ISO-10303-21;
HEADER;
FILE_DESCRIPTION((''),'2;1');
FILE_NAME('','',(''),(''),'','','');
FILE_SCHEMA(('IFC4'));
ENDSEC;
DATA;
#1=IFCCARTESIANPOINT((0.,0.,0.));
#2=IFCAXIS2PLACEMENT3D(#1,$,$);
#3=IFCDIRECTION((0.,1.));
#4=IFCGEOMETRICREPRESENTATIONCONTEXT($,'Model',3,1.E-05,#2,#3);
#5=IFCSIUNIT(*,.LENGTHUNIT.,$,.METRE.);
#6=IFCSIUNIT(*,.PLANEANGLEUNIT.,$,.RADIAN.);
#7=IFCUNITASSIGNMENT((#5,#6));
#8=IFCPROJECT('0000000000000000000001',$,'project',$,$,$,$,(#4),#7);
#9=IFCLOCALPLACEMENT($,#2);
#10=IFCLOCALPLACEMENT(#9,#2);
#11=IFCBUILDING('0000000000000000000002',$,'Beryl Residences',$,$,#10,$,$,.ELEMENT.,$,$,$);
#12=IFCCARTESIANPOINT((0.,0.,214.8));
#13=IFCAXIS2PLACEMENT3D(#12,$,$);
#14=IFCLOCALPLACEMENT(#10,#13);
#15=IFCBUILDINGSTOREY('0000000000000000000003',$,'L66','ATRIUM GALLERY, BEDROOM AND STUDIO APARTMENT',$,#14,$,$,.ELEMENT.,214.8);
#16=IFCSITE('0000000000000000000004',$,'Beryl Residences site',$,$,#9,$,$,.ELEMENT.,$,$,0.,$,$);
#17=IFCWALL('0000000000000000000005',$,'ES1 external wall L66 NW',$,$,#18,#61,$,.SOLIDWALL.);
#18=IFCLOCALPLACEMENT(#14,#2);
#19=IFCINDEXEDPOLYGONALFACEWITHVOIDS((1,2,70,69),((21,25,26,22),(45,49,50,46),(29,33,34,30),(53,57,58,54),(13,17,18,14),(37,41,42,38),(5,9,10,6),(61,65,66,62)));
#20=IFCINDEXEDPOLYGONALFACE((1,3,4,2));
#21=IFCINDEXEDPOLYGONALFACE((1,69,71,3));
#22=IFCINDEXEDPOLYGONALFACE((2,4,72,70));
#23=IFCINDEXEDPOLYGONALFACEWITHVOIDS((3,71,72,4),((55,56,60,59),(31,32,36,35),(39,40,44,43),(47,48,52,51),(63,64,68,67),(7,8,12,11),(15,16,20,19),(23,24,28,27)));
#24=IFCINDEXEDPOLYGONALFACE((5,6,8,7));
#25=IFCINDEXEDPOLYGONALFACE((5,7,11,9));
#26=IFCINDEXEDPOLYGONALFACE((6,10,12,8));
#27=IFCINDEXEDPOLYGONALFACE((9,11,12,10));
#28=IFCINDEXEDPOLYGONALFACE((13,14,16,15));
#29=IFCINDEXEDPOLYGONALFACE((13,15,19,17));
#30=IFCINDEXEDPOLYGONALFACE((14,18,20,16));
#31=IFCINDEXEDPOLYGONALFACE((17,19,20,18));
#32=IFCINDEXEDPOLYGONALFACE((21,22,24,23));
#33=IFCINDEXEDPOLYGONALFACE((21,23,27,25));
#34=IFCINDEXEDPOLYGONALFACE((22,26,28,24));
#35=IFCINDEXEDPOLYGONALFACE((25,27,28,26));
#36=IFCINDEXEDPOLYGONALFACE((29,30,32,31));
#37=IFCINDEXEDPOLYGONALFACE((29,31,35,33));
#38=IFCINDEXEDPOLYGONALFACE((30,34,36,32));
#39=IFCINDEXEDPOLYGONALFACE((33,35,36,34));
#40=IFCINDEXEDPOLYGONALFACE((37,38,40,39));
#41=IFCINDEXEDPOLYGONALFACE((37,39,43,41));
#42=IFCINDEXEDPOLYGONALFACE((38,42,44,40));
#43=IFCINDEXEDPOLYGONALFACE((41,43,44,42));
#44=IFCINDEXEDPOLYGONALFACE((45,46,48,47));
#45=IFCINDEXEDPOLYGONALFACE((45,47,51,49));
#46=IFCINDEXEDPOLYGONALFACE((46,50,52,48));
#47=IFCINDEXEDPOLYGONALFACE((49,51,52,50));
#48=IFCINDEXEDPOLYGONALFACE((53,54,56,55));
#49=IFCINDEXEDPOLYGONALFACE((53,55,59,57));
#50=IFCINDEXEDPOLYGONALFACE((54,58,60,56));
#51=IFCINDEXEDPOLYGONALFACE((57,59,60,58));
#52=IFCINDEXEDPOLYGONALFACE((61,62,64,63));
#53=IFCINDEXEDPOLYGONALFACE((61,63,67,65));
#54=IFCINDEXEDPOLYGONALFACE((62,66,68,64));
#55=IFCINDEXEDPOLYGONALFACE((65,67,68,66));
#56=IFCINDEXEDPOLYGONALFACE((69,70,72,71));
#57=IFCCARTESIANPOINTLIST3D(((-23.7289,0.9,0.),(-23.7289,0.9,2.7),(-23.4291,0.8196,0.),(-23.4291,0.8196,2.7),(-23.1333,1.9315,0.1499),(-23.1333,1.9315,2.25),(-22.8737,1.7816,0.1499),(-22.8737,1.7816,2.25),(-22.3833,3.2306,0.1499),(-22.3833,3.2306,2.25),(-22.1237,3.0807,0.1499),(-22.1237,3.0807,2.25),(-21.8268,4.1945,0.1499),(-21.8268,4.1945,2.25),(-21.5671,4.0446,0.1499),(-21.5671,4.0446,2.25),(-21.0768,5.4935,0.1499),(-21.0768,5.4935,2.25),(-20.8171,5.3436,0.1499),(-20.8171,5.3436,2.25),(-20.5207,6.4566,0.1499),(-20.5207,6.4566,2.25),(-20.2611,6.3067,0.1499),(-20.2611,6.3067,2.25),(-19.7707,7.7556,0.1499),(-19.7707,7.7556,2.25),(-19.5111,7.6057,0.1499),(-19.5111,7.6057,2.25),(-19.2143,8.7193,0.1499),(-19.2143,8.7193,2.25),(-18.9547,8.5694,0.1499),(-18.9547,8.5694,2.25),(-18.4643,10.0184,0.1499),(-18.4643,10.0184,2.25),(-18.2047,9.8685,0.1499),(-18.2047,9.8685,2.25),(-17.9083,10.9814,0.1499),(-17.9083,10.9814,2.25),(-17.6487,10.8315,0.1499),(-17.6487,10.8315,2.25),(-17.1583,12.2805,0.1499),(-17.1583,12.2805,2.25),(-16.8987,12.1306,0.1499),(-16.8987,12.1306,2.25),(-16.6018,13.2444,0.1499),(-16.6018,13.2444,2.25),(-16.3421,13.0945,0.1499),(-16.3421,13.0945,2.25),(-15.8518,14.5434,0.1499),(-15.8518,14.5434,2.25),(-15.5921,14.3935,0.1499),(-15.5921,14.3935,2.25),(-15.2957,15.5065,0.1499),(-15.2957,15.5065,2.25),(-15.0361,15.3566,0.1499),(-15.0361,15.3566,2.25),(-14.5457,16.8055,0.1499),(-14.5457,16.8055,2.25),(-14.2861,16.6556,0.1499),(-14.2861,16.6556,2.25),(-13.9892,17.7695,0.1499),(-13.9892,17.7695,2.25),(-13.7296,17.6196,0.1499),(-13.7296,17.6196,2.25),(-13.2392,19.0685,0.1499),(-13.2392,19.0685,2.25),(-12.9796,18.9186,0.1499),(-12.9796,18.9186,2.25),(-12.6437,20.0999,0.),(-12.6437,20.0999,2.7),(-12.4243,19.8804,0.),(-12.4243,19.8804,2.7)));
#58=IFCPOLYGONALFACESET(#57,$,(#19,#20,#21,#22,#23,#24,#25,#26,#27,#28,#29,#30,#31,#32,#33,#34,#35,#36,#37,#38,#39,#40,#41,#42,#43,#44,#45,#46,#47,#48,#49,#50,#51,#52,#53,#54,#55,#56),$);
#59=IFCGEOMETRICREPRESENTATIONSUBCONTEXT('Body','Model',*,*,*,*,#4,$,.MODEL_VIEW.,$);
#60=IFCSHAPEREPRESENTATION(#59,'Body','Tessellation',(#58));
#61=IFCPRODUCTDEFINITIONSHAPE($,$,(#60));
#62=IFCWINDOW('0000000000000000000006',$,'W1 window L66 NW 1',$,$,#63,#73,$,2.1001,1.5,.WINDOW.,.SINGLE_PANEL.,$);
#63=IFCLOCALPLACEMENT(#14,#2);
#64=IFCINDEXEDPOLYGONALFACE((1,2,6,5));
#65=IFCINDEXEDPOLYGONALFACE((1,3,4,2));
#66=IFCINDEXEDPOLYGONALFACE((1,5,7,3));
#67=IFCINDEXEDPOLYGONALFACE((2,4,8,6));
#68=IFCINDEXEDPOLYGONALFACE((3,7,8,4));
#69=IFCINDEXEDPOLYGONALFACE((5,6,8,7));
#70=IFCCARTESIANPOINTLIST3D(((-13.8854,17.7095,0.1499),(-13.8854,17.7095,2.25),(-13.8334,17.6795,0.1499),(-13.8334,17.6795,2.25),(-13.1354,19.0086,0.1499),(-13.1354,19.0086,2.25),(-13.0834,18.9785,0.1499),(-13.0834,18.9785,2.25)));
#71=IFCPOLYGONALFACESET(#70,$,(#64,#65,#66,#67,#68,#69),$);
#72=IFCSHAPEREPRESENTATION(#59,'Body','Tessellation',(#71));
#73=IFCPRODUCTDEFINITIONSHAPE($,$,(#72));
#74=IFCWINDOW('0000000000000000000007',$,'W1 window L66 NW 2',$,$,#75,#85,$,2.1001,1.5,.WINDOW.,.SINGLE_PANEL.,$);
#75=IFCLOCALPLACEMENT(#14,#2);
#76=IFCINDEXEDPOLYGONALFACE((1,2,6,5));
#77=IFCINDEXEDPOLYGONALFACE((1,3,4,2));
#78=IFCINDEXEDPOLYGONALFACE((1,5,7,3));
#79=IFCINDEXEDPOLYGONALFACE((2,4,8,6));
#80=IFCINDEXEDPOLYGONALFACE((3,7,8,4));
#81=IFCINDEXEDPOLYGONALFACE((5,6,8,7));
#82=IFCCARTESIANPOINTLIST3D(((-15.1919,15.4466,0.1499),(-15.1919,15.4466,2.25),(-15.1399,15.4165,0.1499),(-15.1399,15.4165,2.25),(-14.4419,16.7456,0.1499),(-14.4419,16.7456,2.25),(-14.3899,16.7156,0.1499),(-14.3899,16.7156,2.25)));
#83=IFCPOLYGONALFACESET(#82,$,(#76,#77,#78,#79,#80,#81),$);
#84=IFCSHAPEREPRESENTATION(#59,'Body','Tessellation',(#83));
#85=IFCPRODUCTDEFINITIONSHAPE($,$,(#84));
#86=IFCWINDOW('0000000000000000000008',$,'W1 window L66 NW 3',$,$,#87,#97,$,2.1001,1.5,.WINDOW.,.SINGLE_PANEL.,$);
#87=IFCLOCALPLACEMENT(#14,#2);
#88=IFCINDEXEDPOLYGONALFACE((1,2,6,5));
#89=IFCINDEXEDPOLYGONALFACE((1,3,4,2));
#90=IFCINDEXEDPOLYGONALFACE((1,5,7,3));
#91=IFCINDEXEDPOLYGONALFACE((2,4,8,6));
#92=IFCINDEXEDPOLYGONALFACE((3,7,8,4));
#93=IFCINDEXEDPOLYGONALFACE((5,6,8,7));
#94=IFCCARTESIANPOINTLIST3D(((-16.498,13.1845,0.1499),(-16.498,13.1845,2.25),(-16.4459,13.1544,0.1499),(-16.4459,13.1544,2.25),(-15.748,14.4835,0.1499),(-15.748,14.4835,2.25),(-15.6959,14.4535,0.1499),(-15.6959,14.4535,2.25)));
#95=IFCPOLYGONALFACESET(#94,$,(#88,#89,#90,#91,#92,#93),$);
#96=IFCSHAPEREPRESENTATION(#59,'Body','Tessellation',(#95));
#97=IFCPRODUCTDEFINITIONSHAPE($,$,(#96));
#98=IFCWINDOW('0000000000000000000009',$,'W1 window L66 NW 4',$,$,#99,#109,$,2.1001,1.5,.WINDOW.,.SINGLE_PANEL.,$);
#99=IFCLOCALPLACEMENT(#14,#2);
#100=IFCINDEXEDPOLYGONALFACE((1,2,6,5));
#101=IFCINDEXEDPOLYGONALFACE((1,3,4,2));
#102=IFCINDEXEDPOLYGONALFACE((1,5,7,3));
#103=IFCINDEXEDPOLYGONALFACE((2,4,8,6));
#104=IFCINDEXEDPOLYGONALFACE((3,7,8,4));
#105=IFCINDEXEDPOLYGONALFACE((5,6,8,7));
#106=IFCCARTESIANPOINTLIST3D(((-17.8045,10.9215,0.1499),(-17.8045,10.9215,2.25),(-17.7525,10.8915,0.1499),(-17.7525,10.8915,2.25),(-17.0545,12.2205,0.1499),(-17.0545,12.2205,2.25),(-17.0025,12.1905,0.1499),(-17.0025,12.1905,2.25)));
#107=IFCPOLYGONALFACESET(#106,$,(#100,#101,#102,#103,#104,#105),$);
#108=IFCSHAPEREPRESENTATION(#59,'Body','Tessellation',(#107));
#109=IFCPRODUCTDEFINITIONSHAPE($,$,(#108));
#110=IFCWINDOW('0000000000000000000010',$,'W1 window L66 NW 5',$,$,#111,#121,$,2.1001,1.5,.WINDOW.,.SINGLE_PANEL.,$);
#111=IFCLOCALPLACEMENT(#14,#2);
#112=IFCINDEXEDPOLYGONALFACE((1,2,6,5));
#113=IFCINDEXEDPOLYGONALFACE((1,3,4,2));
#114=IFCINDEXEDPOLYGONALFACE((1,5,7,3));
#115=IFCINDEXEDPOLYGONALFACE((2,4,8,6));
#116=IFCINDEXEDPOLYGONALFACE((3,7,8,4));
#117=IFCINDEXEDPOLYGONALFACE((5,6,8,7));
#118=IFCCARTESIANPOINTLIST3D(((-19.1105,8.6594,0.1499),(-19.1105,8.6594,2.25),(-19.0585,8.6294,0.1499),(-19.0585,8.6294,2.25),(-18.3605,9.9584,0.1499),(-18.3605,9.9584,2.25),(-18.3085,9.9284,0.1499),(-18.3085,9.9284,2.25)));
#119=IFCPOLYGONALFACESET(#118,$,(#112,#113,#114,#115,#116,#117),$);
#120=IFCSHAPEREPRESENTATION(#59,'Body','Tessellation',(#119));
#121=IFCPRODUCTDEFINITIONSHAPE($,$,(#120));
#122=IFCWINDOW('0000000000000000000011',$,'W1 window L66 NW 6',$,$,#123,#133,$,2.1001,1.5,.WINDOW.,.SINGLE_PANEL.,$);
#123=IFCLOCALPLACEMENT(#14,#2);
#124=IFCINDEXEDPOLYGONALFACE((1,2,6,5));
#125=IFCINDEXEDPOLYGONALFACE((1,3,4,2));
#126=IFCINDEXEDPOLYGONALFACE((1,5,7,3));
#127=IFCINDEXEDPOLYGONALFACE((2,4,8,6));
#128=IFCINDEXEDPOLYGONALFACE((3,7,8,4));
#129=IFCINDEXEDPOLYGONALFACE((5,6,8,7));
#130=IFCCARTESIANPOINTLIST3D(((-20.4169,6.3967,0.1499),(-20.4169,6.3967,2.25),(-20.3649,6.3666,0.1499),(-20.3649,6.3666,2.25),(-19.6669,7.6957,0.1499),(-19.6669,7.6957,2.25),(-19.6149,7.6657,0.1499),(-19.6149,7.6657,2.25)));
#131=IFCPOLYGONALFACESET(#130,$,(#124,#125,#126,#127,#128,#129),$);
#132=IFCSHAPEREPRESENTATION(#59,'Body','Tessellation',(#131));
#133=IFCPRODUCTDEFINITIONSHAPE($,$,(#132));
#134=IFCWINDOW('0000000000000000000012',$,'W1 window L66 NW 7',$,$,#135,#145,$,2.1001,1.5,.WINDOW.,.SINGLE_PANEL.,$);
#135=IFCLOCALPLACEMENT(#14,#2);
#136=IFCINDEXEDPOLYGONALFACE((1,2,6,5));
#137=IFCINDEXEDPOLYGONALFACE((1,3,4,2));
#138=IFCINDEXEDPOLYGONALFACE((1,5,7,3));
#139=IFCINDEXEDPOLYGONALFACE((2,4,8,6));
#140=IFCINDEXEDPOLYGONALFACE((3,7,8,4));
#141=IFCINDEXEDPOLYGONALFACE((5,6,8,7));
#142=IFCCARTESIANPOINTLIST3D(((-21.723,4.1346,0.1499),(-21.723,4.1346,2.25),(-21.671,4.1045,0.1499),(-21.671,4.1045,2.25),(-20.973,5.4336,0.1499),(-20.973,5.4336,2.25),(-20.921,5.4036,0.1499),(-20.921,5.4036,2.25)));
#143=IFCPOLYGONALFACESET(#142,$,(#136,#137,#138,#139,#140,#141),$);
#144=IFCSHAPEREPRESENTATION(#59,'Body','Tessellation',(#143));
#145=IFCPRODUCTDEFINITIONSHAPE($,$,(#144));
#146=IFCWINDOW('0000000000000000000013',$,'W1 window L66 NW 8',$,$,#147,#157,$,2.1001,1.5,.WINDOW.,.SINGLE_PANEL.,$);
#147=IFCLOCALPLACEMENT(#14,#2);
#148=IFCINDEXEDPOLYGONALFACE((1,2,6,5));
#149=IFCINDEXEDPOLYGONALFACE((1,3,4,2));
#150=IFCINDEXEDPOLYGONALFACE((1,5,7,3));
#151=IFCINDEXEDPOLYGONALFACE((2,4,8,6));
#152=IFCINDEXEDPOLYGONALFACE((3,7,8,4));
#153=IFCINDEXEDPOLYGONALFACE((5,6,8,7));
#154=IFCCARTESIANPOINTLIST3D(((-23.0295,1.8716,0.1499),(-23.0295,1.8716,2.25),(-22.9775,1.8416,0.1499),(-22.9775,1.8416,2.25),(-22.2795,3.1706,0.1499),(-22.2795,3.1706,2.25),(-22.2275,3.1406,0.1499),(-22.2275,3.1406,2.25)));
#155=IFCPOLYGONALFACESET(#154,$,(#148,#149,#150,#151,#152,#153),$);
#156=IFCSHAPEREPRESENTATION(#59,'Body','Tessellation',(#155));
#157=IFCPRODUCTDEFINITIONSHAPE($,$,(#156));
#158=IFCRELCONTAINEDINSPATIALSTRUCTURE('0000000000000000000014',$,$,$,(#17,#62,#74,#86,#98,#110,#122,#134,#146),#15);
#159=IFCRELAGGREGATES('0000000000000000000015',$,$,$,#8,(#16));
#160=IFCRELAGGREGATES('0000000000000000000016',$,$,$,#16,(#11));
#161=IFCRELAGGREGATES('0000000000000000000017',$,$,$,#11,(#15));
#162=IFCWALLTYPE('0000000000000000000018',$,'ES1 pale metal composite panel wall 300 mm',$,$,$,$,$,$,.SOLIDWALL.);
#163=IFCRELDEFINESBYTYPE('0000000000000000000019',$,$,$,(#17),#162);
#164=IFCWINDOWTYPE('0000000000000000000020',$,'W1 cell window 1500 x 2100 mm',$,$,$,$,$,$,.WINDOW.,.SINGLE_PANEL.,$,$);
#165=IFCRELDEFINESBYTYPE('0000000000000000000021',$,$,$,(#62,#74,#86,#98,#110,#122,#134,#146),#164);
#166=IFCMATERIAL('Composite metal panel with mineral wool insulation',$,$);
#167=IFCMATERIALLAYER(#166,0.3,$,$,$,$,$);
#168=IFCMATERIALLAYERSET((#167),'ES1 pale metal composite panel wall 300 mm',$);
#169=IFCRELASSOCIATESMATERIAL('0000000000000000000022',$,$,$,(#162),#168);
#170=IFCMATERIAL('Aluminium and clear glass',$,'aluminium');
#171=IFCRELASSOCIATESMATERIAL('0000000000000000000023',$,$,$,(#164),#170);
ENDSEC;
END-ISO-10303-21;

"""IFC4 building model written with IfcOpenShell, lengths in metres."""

from ifc_helpers import new_model, si_unit, direction, frame, frame_2d, origin, place, context, subcontext, project, spatial, polyline, rectangle, outline, extrude, material, layer, layer_set, type_object, element, fill, save


model = new_model("IFC4")

# Units and contexts
model_context = context("Model", 3, precision=1e-05, world=origin(), true_north=direction((0.0, 1.0)))
body_context = subcontext(model_context, "Body", "Model", "MODEL_VIEW")
ifc_project = project(units=[si_unit("LENGTHUNIT", "METRE"), si_unit("PLANEANGLEUNIT", "RADIAN")], contexts=[model_context])

# Site, building, storey
site_placement = place(None, origin())
site = spatial("IfcSite", under=ifc_project, at=site_placement, Name="Beryl Residences site", CompositionType="ELEMENT", RefElevation=0.0)
building_placement = place(site_placement, origin())
building = spatial("IfcBuilding", under=site, at=building_placement, Name="Beryl Residences", CompositionType="ELEMENT")
storey_placement = place(building_placement, frame((0.0, 0.0, 214.8)))
storey = spatial("IfcBuildingStorey", under=building, at=storey_placement, Name="L66", Description="ATRIUM GALLERY, BEDROOM AND STUDIO APARTMENT", CompositionType="ELEMENT", Elevation=214.8)

# Wall, openings, windows
ifc_material_1 = material(Name="Composite metal panel with mineral wool insulation")
ifc_layer_1 = layer(ifc_material_1, 0.3)
ifc_layer_set_1 = layer_set([ifc_layer_1], Name="ES1 pale metal composite panel wall 300 mm")
wall_type_1 = type_object("IfcWallType", Name="ES1 pale metal composite panel wall 300 mm", PredefinedType="SOLIDWALL", material=ifc_layer_set_1)
wall_1_placement = place(storey_placement, frame((-12.5139, 20.0249, 0.0), z_axis=(0.0, 0.0, 1.0), x_axis=(-0.500004, -0.866023, 0.0)))
wall_1 = element("IfcWall", 1, at=wall_1_placement, inside=storey, type_object=wall_type_1, Name="ES1 external wall L66 NW", PredefinedType="SOLIDWALL", context=body_context, shape_type="SweptSolid", body=[
    extrude(outline(polyline([(0.0, -0.1499), (22.1702, -0.1499), (22.0898, 0.1499), (0.0803, 0.1499), (0.0, -0.1499)])), origin(), (0.0, 0.0, 1.0), 2.7),
])
opening_1_placement = place(wall_1_placement, frame((1.1909, 0.0, 0.1499)))
opening_1 = element("IfcOpeningElement", 2, at=opening_1_placement, cuts=wall_1, PredefinedType="OPENING", context=body_context, shape_type="SweptSolid", body=[
    extrude(rectangle(XDim=1.5, YDim=2.1001, at=frame_2d((0.75, 1.05))), frame((0.0, 0.1599, 0.0), z_axis=(0.0, -1.0, 0.0), x_axis=(1.0, 0.0, 0.0)), (0.0, 0.0, 1.0), 0.3201),
])
opening_2_placement = place(wall_1_placement, frame((3.804, 0.0, 0.1499)))
opening_2 = element("IfcOpeningElement", 3, at=opening_2_placement, cuts=wall_1, PredefinedType="OPENING", context=body_context, shape_type="SweptSolid", body=[
    extrude(rectangle(XDim=1.5, YDim=2.1001, at=frame_2d((0.75, 1.05))), frame((0.0, 0.1599, 0.0), z_axis=(0.0, -1.0, 0.0), x_axis=(1.0, 0.0, 0.0)), (0.0, 0.0, 1.0), 0.3201),
])
opening_3_placement = place(wall_1_placement, frame((6.416, 0.0, 0.1499)))
opening_3 = element("IfcOpeningElement", 4, at=opening_3_placement, cuts=wall_1, PredefinedType="OPENING", context=body_context, shape_type="SweptSolid", body=[
    extrude(rectangle(XDim=1.5, YDim=2.1001, at=frame_2d((0.75, 1.05))), frame((0.0, 0.1599, 0.0), z_axis=(0.0, -1.0, 0.0), x_axis=(1.0, 0.0, 0.0)), (0.0, 0.0, 1.0), 0.3201),
])
opening_4_placement = place(wall_1_placement, frame((9.0291, 0.0, 0.1499)))
opening_4 = element("IfcOpeningElement", 5, at=opening_4_placement, cuts=wall_1, PredefinedType="OPENING", context=body_context, shape_type="SweptSolid", body=[
    extrude(rectangle(XDim=1.5, YDim=2.1001, at=frame_2d((0.75, 1.05))), frame((0.0, 0.1599, 0.0), z_axis=(0.0, -1.0, 0.0), x_axis=(1.0, 0.0, 0.0)), (0.0, 0.0, 1.0), 0.3201),
])
opening_5_placement = place(wall_1_placement, frame((11.6411, 0.0, 0.1499)))
opening_5 = element("IfcOpeningElement", 6, at=opening_5_placement, cuts=wall_1, PredefinedType="OPENING", context=body_context, shape_type="SweptSolid", body=[
    extrude(rectangle(XDim=1.5, YDim=2.1001, at=frame_2d((0.75, 1.05))), frame((0.0, 0.1599, 0.0), z_axis=(0.0, -1.0, 0.0), x_axis=(1.0, 0.0, 0.0)), (0.0, 0.0, 1.0), 0.3201),
])
opening_6_placement = place(wall_1_placement, frame((14.2539, 0.0, 0.1499)))
opening_6 = element("IfcOpeningElement", 7, at=opening_6_placement, cuts=wall_1, PredefinedType="OPENING", context=body_context, shape_type="SweptSolid", body=[
    extrude(rectangle(XDim=1.5, YDim=2.1001, at=frame_2d((0.75, 1.05))), frame((0.0, 0.1599, 0.0), z_axis=(0.0, -1.0, 0.0), x_axis=(1.0, 0.0, 0.0)), (0.0, 0.0, 1.0), 0.3201),
])
opening_7_placement = place(wall_1_placement, frame((16.866, 0.0, 0.1499)))
opening_7 = element("IfcOpeningElement", 8, at=opening_7_placement, cuts=wall_1, PredefinedType="OPENING", context=body_context, shape_type="SweptSolid", body=[
    extrude(rectangle(XDim=1.5, YDim=2.1001, at=frame_2d((0.75, 1.05))), frame((0.0, 0.1599, 0.0), z_axis=(0.0, -1.0, 0.0), x_axis=(1.0, 0.0, 0.0)), (0.0, 0.0, 1.0), 0.3201),
])
opening_8_placement = place(wall_1_placement, frame((19.479, 0.0, 0.1499)))
opening_8 = element("IfcOpeningElement", 9, at=opening_8_placement, cuts=wall_1, PredefinedType="OPENING", context=body_context, shape_type="SweptSolid", body=[
    extrude(rectangle(XDim=1.5, YDim=2.1001, at=frame_2d((0.75, 1.05))), frame((0.0, 0.1599, 0.0), z_axis=(0.0, -1.0, 0.0), x_axis=(1.0, 0.0, 0.0)), (0.0, 0.0, 1.0), 0.3201),
])
ifc_material_2 = material(Name="Aluminium and clear glass", Category="aluminium")
window_type = type_object("IfcWindowType", Name="W1 cell window 1500 x 2100 mm", PartitioningType="SINGLE_PANEL", PredefinedType="WINDOW", material=ifc_material_2)
window_1_placement = place(opening_1_placement, origin())
window_1 = element("IfcWindow", 10, at=window_1_placement, inside=storey, type_object=window_type, Name="W1 window L66 NW 1", OverallHeight=2.1001, OverallWidth=1.5, PartitioningType="SINGLE_PANEL", PredefinedType="WINDOW", context=body_context, shape_type="SweptSolid", body=[
    extrude(rectangle(XDim=1.5, YDim=2.1001, at=frame_2d((0.75, 1.05))), frame((0.0, 0.03, 0.0), z_axis=(0.0, -1.0, 0.0), x_axis=(1.0, 0.0, 0.0)), (0.0, 0.0, 1.0), 0.0601),
])
fill(opening_1, window_1)
window_2_placement = place(opening_2_placement, origin())
window_2 = element("IfcWindow", 11, at=window_2_placement, inside=storey, type_object=window_type, Name="W1 window L66 NW 2", OverallHeight=2.1001, OverallWidth=1.5, PartitioningType="SINGLE_PANEL", PredefinedType="WINDOW", context=body_context, shape_type="SweptSolid", body=[
    extrude(rectangle(XDim=1.5, YDim=2.1001, at=frame_2d((0.75, 1.05))), frame((0.0, 0.03, 0.0), z_axis=(0.0, -1.0, 0.0), x_axis=(1.0, 0.0, 0.0)), (0.0, 0.0, 1.0), 0.0601),
])
fill(opening_2, window_2)
window_3_placement = place(opening_3_placement, origin())
window_3 = element("IfcWindow", 12, at=window_3_placement, inside=storey, type_object=window_type, Name="W1 window L66 NW 3", OverallHeight=2.1001, OverallWidth=1.5, PartitioningType="SINGLE_PANEL", PredefinedType="WINDOW", context=body_context, shape_type="SweptSolid", body=[
    extrude(rectangle(XDim=1.5, YDim=2.1001, at=frame_2d((0.75, 1.05))), frame((0.0, 0.03, 0.0), z_axis=(0.0, -1.0, 0.0), x_axis=(1.0, 0.0, 0.0)), (0.0, 0.0, 1.0), 0.0601),
])
fill(opening_3, window_3)
window_4_placement = place(opening_4_placement, origin())
window_4 = element("IfcWindow", 13, at=window_4_placement, inside=storey, type_object=window_type, Name="W1 window L66 NW 4", OverallHeight=2.1001, OverallWidth=1.5, PartitioningType="SINGLE_PANEL", PredefinedType="WINDOW", context=body_context, shape_type="SweptSolid", body=[
    extrude(rectangle(XDim=1.5, YDim=2.1001, at=frame_2d((0.75, 1.05))), frame((0.0, 0.03, 0.0), z_axis=(0.0, -1.0, 0.0), x_axis=(1.0, 0.0, 0.0)), (0.0, 0.0, 1.0), 0.0601),
])
fill(opening_4, window_4)
window_5_placement = place(opening_5_placement, origin())
window_5 = element("IfcWindow", 14, at=window_5_placement, inside=storey, type_object=window_type, Name="W1 window L66 NW 5", OverallHeight=2.1001, OverallWidth=1.5, PartitioningType="SINGLE_PANEL", PredefinedType="WINDOW", context=body_context, shape_type="SweptSolid", body=[
    extrude(rectangle(XDim=1.5, YDim=2.1001, at=frame_2d((0.75, 1.05))), frame((0.0, 0.03, 0.0), z_axis=(0.0, -1.0, 0.0), x_axis=(1.0, 0.0, 0.0)), (0.0, 0.0, 1.0), 0.0601),
])
fill(opening_5, window_5)
window_6_placement = place(opening_6_placement, origin())
window_6 = element("IfcWindow", 15, at=window_6_placement, inside=storey, type_object=window_type, Name="W1 window L66 NW 6", OverallHeight=2.1001, OverallWidth=1.5, PartitioningType="SINGLE_PANEL", PredefinedType="WINDOW", context=body_context, shape_type="SweptSolid", body=[
    extrude(rectangle(XDim=1.5, YDim=2.1001, at=frame_2d((0.75, 1.05))), frame((0.0, 0.03, 0.0), z_axis=(0.0, -1.0, 0.0), x_axis=(1.0, 0.0, 0.0)), (0.0, 0.0, 1.0), 0.0601),
])
fill(opening_6, window_6)
window_7_placement = place(opening_7_placement, origin())
window_7 = element("IfcWindow", 16, at=window_7_placement, inside=storey, type_object=window_type, Name="W1 window L66 NW 7", OverallHeight=2.1001, OverallWidth=1.5, PartitioningType="SINGLE_PANEL", PredefinedType="WINDOW", context=body_context, shape_type="SweptSolid", body=[
    extrude(rectangle(XDim=1.5, YDim=2.1001, at=frame_2d((0.75, 1.05))), frame((0.0, 0.03, 0.0), z_axis=(0.0, -1.0, 0.0), x_axis=(1.0, 0.0, 0.0)), (0.0, 0.0, 1.0), 0.0601),
])
fill(opening_7, window_7)
window_8_placement = place(opening_8_placement, origin())
window_8 = element("IfcWindow", 17, at=window_8_placement, inside=storey, type_object=window_type, Name="W1 window L66 NW 8", OverallHeight=2.1001, OverallWidth=1.5, PartitioningType="SINGLE_PANEL", PredefinedType="WINDOW", context=body_context, shape_type="SweptSolid", body=[
    extrude(rectangle(XDim=1.5, YDim=2.1001, at=frame_2d((0.75, 1.05))), frame((0.0, 0.03, 0.0), z_axis=(0.0, -1.0, 0.0), x_axis=(1.0, 0.0, 0.0)), (0.0, 0.0, 1.0), 0.0601),
])
fill(opening_8, window_8)

save(model, "model.ifc")
